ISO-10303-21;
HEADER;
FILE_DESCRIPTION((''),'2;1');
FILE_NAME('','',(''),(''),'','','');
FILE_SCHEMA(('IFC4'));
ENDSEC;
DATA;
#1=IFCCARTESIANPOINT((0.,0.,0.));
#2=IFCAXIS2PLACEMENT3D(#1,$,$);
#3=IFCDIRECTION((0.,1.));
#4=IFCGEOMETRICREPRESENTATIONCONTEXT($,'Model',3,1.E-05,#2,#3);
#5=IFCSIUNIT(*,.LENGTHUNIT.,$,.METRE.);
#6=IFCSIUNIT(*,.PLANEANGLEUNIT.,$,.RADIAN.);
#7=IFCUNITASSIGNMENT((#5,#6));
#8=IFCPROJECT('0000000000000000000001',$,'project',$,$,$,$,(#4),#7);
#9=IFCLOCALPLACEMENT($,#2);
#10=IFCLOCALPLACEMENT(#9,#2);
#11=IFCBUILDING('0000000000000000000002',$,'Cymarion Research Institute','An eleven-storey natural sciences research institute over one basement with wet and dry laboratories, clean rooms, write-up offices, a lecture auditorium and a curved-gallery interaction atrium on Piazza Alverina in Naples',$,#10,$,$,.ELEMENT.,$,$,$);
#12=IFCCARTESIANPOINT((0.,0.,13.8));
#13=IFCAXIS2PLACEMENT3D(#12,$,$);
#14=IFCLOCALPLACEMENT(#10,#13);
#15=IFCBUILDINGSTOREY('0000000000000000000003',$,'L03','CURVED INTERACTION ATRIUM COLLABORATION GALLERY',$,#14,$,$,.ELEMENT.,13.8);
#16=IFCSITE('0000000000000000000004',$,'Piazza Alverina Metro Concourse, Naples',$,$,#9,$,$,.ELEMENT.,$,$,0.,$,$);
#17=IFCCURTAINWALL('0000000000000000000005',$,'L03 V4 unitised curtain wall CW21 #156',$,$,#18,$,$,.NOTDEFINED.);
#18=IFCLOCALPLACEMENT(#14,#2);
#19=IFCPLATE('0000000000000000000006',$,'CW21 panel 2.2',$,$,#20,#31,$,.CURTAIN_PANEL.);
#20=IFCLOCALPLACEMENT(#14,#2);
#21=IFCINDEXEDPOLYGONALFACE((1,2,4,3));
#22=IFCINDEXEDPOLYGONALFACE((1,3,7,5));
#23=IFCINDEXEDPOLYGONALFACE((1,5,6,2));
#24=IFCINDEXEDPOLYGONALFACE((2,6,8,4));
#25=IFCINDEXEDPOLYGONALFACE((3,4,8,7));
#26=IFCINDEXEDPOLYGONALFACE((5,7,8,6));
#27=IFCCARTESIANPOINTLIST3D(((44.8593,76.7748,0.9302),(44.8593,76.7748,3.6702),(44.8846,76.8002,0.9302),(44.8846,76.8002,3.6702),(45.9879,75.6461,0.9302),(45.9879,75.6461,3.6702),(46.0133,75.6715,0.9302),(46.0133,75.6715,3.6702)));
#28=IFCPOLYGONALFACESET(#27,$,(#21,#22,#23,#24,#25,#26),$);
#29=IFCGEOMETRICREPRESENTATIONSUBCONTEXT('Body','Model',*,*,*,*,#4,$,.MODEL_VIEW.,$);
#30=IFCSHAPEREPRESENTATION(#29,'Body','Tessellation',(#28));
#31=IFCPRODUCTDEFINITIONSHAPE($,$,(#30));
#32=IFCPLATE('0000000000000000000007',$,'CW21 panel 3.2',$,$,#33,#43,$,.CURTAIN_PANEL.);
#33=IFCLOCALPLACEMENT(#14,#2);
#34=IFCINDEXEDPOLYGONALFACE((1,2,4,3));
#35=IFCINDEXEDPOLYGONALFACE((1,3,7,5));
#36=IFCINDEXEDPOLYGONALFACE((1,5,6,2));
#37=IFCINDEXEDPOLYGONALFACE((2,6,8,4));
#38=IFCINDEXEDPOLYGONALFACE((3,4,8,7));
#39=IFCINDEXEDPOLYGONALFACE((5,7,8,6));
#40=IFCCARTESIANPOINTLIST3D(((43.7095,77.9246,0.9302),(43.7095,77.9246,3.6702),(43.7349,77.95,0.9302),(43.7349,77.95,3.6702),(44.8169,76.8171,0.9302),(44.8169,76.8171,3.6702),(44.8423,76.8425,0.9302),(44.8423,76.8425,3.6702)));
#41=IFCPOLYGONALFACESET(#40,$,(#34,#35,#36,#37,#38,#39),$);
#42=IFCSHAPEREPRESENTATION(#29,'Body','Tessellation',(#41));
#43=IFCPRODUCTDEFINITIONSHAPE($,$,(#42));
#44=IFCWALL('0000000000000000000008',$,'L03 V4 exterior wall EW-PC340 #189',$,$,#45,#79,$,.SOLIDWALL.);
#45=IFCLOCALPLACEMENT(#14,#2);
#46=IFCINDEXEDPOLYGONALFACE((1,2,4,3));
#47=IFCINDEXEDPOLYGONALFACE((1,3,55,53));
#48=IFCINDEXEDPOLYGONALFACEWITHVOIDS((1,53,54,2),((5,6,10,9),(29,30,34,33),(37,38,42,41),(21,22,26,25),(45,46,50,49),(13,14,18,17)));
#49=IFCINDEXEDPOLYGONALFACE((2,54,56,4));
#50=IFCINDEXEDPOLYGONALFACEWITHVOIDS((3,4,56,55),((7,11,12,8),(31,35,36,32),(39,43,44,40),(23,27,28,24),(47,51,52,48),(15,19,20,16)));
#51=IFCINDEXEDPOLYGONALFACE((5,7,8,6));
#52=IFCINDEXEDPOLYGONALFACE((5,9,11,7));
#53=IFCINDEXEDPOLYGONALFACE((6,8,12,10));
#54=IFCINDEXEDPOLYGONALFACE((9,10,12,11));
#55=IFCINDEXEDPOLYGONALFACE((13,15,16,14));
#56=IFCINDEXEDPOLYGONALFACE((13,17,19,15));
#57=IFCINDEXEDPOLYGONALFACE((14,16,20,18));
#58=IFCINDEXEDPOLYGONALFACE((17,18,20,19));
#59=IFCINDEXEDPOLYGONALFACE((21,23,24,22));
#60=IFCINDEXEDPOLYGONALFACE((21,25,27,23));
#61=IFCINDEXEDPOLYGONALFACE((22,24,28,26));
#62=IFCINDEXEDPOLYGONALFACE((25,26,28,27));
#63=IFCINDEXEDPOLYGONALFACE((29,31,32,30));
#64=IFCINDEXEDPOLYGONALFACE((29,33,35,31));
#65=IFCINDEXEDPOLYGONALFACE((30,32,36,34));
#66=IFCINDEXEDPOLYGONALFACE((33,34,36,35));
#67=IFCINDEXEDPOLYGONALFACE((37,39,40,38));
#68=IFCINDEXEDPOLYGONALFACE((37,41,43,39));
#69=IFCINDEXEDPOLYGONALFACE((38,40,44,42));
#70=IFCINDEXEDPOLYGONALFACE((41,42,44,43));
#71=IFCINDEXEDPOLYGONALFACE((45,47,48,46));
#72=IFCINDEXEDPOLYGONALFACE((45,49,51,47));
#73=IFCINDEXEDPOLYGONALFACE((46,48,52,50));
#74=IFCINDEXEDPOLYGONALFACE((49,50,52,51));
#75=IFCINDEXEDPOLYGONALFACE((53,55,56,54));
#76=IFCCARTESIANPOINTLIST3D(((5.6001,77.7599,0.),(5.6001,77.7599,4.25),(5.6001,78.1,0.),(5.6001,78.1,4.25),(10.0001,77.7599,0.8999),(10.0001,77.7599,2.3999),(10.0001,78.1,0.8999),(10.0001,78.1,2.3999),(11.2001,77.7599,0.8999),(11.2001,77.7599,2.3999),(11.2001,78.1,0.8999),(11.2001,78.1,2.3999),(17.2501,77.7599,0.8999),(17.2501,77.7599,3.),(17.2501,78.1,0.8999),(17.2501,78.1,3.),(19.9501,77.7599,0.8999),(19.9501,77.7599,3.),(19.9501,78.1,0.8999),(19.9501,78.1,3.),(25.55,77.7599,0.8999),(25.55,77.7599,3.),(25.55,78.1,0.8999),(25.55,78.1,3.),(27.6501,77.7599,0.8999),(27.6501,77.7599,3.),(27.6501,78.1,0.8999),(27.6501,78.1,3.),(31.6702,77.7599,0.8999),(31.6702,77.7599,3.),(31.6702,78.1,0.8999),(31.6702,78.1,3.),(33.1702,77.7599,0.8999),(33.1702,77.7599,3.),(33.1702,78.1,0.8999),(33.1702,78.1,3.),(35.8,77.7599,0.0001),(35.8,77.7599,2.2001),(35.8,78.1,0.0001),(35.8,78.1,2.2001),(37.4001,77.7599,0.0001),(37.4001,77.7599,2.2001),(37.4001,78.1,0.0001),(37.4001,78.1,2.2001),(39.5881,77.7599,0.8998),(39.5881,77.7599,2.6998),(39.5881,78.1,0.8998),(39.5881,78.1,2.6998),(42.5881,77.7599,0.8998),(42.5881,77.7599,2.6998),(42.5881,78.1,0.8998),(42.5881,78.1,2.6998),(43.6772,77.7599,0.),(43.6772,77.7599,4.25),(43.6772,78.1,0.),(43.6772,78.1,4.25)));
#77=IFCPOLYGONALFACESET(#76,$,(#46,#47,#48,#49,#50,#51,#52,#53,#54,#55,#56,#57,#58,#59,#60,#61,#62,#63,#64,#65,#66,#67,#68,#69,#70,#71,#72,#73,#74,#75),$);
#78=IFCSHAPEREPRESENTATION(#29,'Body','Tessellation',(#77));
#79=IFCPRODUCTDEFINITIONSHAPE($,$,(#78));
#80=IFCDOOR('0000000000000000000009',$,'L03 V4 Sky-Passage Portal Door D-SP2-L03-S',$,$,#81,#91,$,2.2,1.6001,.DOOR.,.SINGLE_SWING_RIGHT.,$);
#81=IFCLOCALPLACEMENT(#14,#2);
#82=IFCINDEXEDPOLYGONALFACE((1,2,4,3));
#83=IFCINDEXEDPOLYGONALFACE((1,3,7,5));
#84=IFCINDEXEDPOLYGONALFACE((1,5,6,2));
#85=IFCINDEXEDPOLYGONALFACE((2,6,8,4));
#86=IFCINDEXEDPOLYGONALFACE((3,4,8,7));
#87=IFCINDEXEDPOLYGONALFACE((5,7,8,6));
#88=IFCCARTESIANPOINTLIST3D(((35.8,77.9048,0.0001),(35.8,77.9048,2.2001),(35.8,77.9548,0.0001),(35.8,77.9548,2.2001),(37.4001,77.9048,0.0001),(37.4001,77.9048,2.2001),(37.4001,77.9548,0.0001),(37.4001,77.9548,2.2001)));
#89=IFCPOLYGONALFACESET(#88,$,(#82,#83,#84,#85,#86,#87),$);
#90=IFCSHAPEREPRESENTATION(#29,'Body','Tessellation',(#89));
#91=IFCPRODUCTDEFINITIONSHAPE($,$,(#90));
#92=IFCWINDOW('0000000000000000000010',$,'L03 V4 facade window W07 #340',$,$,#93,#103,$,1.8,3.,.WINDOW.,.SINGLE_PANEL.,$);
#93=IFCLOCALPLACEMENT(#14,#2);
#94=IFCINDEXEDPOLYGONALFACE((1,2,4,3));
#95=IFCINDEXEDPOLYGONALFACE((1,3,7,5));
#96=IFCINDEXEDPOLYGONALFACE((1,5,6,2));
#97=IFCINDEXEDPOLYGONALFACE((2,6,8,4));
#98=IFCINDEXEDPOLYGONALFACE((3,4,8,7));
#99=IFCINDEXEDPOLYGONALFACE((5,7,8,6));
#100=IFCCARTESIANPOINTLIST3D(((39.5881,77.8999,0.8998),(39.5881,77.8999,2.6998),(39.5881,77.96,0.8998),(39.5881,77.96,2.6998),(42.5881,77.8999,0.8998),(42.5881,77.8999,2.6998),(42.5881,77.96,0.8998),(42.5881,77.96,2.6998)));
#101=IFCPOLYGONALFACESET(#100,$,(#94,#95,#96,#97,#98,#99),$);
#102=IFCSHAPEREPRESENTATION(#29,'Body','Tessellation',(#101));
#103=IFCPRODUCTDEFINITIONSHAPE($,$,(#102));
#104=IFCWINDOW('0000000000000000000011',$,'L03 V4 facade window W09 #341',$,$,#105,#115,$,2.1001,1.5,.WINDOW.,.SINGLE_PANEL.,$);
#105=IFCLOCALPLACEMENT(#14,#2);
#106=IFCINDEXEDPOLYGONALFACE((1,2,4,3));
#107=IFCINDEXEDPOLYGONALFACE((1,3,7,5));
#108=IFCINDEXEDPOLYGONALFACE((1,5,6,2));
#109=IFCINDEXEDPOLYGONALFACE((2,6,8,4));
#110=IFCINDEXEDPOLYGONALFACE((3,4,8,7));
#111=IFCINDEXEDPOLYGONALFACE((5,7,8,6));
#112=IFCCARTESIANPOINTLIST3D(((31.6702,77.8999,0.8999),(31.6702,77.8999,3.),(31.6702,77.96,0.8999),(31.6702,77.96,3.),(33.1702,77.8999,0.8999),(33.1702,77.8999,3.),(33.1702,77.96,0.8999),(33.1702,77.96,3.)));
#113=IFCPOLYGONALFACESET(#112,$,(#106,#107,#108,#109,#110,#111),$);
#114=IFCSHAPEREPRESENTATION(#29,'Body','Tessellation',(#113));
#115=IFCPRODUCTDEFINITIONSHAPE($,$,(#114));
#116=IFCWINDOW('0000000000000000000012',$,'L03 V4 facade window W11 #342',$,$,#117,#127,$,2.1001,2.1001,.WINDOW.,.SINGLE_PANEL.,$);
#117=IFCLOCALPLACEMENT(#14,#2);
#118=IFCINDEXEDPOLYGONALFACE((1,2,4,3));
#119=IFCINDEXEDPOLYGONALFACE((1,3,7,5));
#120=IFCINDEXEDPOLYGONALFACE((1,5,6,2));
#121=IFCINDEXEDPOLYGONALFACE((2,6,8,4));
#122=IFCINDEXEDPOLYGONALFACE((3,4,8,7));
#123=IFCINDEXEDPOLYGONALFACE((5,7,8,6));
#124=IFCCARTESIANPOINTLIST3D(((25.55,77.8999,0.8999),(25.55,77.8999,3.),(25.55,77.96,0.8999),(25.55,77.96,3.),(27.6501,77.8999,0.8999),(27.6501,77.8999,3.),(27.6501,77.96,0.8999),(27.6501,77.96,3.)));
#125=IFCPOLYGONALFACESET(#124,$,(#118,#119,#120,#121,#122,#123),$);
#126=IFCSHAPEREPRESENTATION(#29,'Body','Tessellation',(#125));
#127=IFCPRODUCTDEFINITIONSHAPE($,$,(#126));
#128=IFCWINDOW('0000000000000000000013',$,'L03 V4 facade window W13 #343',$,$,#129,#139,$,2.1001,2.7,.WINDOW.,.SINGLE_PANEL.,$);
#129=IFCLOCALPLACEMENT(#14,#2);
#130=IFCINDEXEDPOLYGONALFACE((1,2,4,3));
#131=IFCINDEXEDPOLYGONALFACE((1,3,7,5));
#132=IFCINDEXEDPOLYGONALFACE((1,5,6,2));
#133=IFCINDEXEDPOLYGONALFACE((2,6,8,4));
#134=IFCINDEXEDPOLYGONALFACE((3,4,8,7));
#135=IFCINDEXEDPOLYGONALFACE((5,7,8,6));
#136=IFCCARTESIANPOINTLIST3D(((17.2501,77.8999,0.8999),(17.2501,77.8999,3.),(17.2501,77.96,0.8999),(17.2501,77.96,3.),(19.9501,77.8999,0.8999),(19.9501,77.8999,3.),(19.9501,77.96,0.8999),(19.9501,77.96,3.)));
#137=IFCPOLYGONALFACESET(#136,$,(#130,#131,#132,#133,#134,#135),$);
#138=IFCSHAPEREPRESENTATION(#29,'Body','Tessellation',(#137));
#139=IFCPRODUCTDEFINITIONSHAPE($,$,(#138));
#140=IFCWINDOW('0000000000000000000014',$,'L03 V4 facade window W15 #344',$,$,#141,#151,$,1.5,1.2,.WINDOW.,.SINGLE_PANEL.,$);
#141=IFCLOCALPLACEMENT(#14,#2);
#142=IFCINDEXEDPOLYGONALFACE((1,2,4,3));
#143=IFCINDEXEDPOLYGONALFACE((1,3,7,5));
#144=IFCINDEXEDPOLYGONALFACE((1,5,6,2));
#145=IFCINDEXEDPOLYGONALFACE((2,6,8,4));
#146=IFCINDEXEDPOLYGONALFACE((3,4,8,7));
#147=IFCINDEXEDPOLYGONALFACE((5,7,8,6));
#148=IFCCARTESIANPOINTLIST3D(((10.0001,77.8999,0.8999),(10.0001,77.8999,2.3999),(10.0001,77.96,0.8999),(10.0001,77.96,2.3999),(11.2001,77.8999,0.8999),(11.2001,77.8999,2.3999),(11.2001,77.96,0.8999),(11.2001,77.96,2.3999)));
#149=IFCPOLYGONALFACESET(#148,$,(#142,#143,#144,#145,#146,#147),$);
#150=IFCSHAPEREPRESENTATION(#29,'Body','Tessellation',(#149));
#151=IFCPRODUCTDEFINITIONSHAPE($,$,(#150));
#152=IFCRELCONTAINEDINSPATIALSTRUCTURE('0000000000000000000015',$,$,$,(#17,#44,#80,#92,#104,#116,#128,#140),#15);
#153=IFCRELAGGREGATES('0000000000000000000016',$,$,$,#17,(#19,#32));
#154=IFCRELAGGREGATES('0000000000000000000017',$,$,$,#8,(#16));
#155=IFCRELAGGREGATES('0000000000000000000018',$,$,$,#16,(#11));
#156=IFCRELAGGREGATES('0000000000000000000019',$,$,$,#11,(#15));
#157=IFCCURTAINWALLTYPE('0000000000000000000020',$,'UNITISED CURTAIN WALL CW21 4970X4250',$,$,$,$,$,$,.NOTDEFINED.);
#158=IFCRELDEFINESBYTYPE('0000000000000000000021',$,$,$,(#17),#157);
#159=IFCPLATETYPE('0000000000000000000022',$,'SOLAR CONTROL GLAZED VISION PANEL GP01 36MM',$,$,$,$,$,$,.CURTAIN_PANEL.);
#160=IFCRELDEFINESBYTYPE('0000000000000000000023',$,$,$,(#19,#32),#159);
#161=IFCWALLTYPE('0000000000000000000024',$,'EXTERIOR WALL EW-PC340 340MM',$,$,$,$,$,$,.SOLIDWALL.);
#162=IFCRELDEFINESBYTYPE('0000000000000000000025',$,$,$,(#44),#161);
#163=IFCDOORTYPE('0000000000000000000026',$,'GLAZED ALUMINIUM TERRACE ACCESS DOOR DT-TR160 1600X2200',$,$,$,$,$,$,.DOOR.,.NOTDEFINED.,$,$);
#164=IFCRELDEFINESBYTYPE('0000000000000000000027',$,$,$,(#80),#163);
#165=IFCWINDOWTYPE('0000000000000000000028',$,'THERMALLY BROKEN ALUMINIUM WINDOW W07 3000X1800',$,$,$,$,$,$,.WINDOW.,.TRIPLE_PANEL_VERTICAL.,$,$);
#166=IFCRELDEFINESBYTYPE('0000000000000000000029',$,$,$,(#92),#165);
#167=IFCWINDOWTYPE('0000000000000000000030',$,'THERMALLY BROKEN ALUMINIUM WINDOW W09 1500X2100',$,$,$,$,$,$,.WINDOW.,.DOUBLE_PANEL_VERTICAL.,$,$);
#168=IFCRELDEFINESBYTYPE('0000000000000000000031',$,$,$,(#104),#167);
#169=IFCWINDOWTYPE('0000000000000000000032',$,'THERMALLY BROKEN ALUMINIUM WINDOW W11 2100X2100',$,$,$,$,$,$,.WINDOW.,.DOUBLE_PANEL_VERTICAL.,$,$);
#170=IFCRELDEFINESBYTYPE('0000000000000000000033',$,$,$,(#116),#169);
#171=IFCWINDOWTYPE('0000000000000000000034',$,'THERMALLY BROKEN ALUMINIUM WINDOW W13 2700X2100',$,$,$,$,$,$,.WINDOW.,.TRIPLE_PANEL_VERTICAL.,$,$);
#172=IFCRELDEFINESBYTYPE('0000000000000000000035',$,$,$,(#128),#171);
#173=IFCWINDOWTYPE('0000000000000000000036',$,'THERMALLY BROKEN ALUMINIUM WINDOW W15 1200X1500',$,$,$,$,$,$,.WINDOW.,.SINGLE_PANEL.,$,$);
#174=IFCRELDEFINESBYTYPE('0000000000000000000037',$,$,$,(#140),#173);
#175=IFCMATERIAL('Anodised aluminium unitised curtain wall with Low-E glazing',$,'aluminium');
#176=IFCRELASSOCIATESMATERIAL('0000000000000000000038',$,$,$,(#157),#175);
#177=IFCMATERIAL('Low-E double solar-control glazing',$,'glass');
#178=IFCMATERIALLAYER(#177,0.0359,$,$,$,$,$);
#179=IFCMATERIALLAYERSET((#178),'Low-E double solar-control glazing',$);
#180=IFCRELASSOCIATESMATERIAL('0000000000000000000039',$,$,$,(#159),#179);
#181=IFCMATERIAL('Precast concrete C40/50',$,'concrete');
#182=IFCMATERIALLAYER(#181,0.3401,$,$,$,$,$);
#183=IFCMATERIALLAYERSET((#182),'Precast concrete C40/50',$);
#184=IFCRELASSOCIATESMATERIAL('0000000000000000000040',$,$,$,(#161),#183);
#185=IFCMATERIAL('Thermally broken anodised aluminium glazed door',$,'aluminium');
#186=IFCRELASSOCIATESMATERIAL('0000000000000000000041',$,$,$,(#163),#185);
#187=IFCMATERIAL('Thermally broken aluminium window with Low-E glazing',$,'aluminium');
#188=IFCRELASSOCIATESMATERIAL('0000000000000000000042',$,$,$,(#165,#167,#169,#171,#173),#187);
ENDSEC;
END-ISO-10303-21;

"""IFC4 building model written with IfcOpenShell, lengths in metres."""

from ifc_helpers import new_model, si_unit, direction, frame, frame_2d, origin, origin_2d, place, context, subcontext, project, spatial, rectangle, extrude, material, layer, layer_set, type_object, element, fill, aggregate, save


model = new_model("IFC4")

# Units and contexts
model_context = context("Model", 3, precision=1e-05, world=origin(), true_north=direction((0.0, 1.0)))
body_context = subcontext(model_context, "Body", "Model", "MODEL_VIEW")
ifc_project = project(units=[si_unit("LENGTHUNIT", "METRE"), si_unit("PLANEANGLEUNIT", "RADIAN")], contexts=[model_context])

# Site, building, storey
site_placement = place(None, origin())
site = spatial("IfcSite", under=ifc_project, at=site_placement, Name="Piazza Alverina Metro Concourse, Naples", CompositionType="ELEMENT", RefElevation=0.0)
building_placement = place(site_placement, origin())
building = spatial("IfcBuilding", under=site, at=building_placement, Name="Cymarion Research Institute", Description="An eleven-storey natural sciences research institute over one basement with wet and dry laboratories, clean rooms, write-up offices, a lecture auditorium and a curved-gallery interaction atrium on Piazza Alverina in Naples", CompositionType="ELEMENT")
storey_placement = place(building_placement, frame((0.0, 0.0, 13.8)))
storey = spatial("IfcBuildingStorey", under=building, at=storey_placement, Name="L03", Description="CURVED INTERACTION ATRIUM COLLABORATION GALLERY", CompositionType="ELEMENT", Elevation=13.8)

# Curtain wall
ifc_material_1 = material(Name="Anodised aluminium unitised curtain wall with Low-E glazing", Category="aluminium")
curtain_wall_type = type_object("IfcCurtainWallType", Name="UNITISED CURTAIN WALL CW21 4970X4250", PredefinedType="NOTDEFINED", material=ifc_material_1)
curtain_wall_placement = place(storey_placement, origin())
curtain_wall = element("IfcCurtainWall", 1, at=curtain_wall_placement, inside=storey, type_object=curtain_wall_type, Name="L03 V4 unitised curtain wall CW21 #156", PredefinedType="NOTDEFINED")

# Plates
ifc_material_2 = material(Name="Low-E double solar-control glazing", Category="glass")
ifc_layer_1 = layer(ifc_material_2, 0.0359)
ifc_layer_set_1 = layer_set([ifc_layer_1], Name="Low-E double solar-control glazing")
plate_type_1 = type_object("IfcPlateType", Name="SOLAR CONTROL GLAZED VISION PANEL GP01 36MM", PredefinedType="CURTAIN_PANEL", material=ifc_layer_set_1)
plate_1_placement = place(storey_placement, frame((45.4363, 76.2231, 0.9302), z_axis=(0.0, 0.0, 1.0), x_axis=(-0.707097, 0.707117, 0.0)))
plate_1 = element("IfcPlate", 2, at=plate_1_placement, type_object=plate_type_1, Name="CW21 panel 2.2", PredefinedType="CURTAIN_PANEL", context=body_context, shape_type="SweptSolid", body=[
    extrude(rectangle(XDim=1.5962, YDim=0.0359, at=origin_2d()), origin(), (0.0, 0.0, 1.0), 2.74),
])
plate_2_placement = place(storey_placement, frame((44.2759, 77.3835, 0.9302), z_axis=(0.0, 0.0, 1.0), x_axis=(-0.707097, 0.707117, 0.0)))
plate_2 = element("IfcPlate", 3, at=plate_2_placement, type_object=plate_type_1, Name="CW21 panel 3.2", PredefinedType="CURTAIN_PANEL", context=body_context, shape_type="SweptSolid", body=[
    extrude(rectangle(XDim=1.5662, YDim=0.0359, at=origin_2d()), origin(), (0.0, 0.0, 1.0), 2.74),
])
aggregate(curtain_wall, [plate_1, plate_2])

# Wall, openings, door, windows
ifc_material_3 = material(Name="Precast concrete C40/50", Category="concrete")
ifc_layer_2 = layer(ifc_material_3, 0.3401)
ifc_layer_set_2 = layer_set([ifc_layer_2], Name="Precast concrete C40/50")
wall_type = type_object("IfcWallType", Name="EXTERIOR WALL EW-PC340 340MM", PredefinedType="SOLIDWALL", material=ifc_layer_set_2)
wall_placement = place(storey_placement, frame((43.6772, 77.9299, 0.0), z_axis=(0.0, 0.0, 1.0), x_axis=(-1.0, 0.0, 0.0)))
wall = element("IfcWall", 4, at=wall_placement, inside=storey, type_object=wall_type, Name="L03 V4 exterior wall EW-PC340 #189", PredefinedType="SOLIDWALL", context=body_context, shape_type="SweptSolid", body=[
    extrude(rectangle(XDim=38.0771, YDim=0.3401, at=frame_2d((19.0386, 0.0))), origin(), (0.0, 0.0, 1.0), 4.25),
])
opening_1_placement = place(wall_placement, frame((6.2771, 0.0, 0.0)))
opening_1 = element("IfcOpeningElement", 5, at=opening_1_placement, cuts=wall, PredefinedType="OPENING", context=body_context, shape_type="SweptSolid", body=[
    extrude(rectangle(XDim=1.6001, YDim=2.2, at=frame_2d((0.8, 1.1001))), frame((0.0, 0.1799, 0.0), z_axis=(0.0, -1.0, 0.0), x_axis=(1.0, 0.0, 0.0)), (0.0, 0.0, 1.0), 0.3601),
])
opening_2_placement = place(wall_placement, frame((1.0891, 0.0, 0.8999)))
opening_2 = element("IfcOpeningElement", 6, at=opening_2_placement, cuts=wall, PredefinedType="OPENING", context=body_context, shape_type="SweptSolid", body=[
    extrude(rectangle(XDim=3.0, YDim=1.8, at=frame_2d((1.5, 0.8999))), frame((0.0, 0.1799, 0.0), z_axis=(0.0, -1.0, 0.0), x_axis=(1.0, 0.0, 0.0)), (0.0, 0.0, 1.0), 0.3601),
])
opening_3_placement = place(wall_placement, frame((10.5071, 0.0, 0.8999)))
opening_3 = element("IfcOpeningElement", 7, at=opening_3_placement, cuts=wall, PredefinedType="OPENING", context=body_context, shape_type="SweptSolid", body=[
    extrude(rectangle(XDim=1.5, YDim=2.1001, at=frame_2d((0.75, 1.05))), frame((0.0, 0.1799, 0.0), z_axis=(0.0, -1.0, 0.0), x_axis=(1.0, 0.0, 0.0)), (0.0, 0.0, 1.0), 0.3601),
])
opening_4_placement = place(wall_placement, frame((16.0271, 0.0, 0.8999)))
opening_4 = element("IfcOpeningElement", 8, at=opening_4_placement, cuts=wall, PredefinedType="OPENING", context=body_context, shape_type="SweptSolid", body=[
    extrude(rectangle(XDim=2.1001, YDim=2.1001, at=frame_2d((1.05, 1.05))), frame((0.0, 0.1799, 0.0), z_axis=(0.0, -1.0, 0.0), x_axis=(1.0, 0.0, 0.0)), (0.0, 0.0, 1.0), 0.3601),
])
opening_5_placement = place(wall_placement, frame((23.7271, 0.0, 0.8999)))
opening_5 = element("IfcOpeningElement", 9, at=opening_5_placement, cuts=wall, PredefinedType="OPENING", context=body_context, shape_type="SweptSolid", body=[
    extrude(rectangle(XDim=2.7, YDim=2.1001, at=frame_2d((1.3501, 1.05))), frame((0.0, 0.1799, 0.0), z_axis=(0.0, -1.0, 0.0), x_axis=(1.0, 0.0, 0.0)), (0.0, 0.0, 1.0), 0.3601),
])
opening_6_placement = place(wall_placement, frame((32.4771, 0.0, 0.8999)))
opening_6 = element("IfcOpeningElement", 10, at=opening_6_placement, cuts=wall, PredefinedType="OPENING", context=body_context, shape_type="SweptSolid", body=[
    extrude(rectangle(XDim=1.2, YDim=1.5, at=frame_2d((0.6001, 0.75))), frame((0.0, 0.1799, 0.0), z_axis=(0.0, -1.0, 0.0), x_axis=(1.0, 0.0, 0.0)), (0.0, 0.0, 1.0), 0.3601),
])
ifc_material_4 = material(Name="Thermally broken anodised aluminium glazed door", Category="aluminium")
door_type = type_object("IfcDoorType", Name="GLAZED ALUMINIUM TERRACE ACCESS DOOR DT-TR160 1600X2200", OperationType="NOTDEFINED", PredefinedType="DOOR", material=ifc_material_4)
door_placement = place(opening_1_placement, frame((1.6001, 0.0, 0.0), z_axis=(0.0, 0.0, 1.0), x_axis=(-1.0, 0.0, 0.0)))
door = element("IfcDoor", 11, at=door_placement, inside=storey, type_object=door_type, Name="L03 V4 Sky-Passage Portal Door D-SP2-L03-S", OperationType="SINGLE_SWING_RIGHT", OverallHeight=2.2, OverallWidth=1.6001, PredefinedType="DOOR", context=body_context, shape_type="SweptSolid", body=[
    extrude(rectangle(XDim=1.6001, YDim=2.2, at=frame_2d((0.8, 1.1001))), frame((0.0, 0.0249, 0.0), z_axis=(0.0, -1.0, 0.0), x_axis=(1.0, 0.0, 0.0)), (0.0, 0.0, 1.0), 0.05),
])
fill(opening_1, door)
ifc_material_5 = material(Name="Thermally broken aluminium window with Low-E glazing", Category="aluminium")
window_type_1 = type_object("IfcWindowType", Name="THERMALLY BROKEN ALUMINIUM WINDOW W07 3000X1800", PartitioningType="TRIPLE_PANEL_VERTICAL", PredefinedType="WINDOW", material=ifc_material_5)
window_1_placement = place(opening_2_placement, origin())
window_1 = element("IfcWindow", 12, at=window_1_placement, inside=storey, type_object=window_type_1, Name="L03 V4 facade window W07 #340", OverallHeight=1.8, OverallWidth=3.0, PartitioningType="SINGLE_PANEL", PredefinedType="WINDOW", context=body_context, shape_type="SweptSolid", body=[
    extrude(rectangle(XDim=3.0, YDim=1.8, at=frame_2d((1.5, 0.8999))), frame((0.0, 0.03, 0.0), z_axis=(0.0, -1.0, 0.0), x_axis=(1.0, 0.0, 0.0)), (0.0, 0.0, 1.0), 0.0601),
])
fill(opening_2, window_1)
window_type_2 = type_object("IfcWindowType", Name="THERMALLY BROKEN ALUMINIUM WINDOW W09 1500X2100", PartitioningType="DOUBLE_PANEL_VERTICAL", PredefinedType="WINDOW", material=ifc_material_5)
window_2_placement = place(opening_3_placement, origin())
window_2 = element("IfcWindow", 13, at=window_2_placement, inside=storey, type_object=window_type_2, Name="L03 V4 facade window W09 #341", OverallHeight=2.1001, OverallWidth=1.5, PartitioningType="SINGLE_PANEL", PredefinedType="WINDOW", context=body_context, shape_type="SweptSolid", body=[
    extrude(rectangle(XDim=1.5, YDim=2.1001, at=frame_2d((0.75, 1.05))), frame((0.0, 0.03, 0.0), z_axis=(0.0, -1.0, 0.0), x_axis=(1.0, 0.0, 0.0)), (0.0, 0.0, 1.0), 0.0601),
])
fill(opening_3, window_2)
window_type_3 = type_object("IfcWindowType", Name="THERMALLY BROKEN ALUMINIUM WINDOW W11 2100X2100", PartitioningType="DOUBLE_PANEL_VERTICAL", PredefinedType="WINDOW", material=ifc_material_5)
window_3_placement = place(opening_4_placement, origin())
window_3 = element("IfcWindow", 14, at=window_3_placement, inside=storey, type_object=window_type_3, Name="L03 V4 facade window W11 #342", OverallHeight=2.1001, OverallWidth=2.1001, PartitioningType="SINGLE_PANEL", PredefinedType="WINDOW", context=body_context, shape_type="SweptSolid", body=[
    extrude(rectangle(XDim=2.1001, YDim=2.1001, at=frame_2d((1.05, 1.05))), frame((0.0, 0.03, 0.0), z_axis=(0.0, -1.0, 0.0), x_axis=(1.0, 0.0, 0.0)), (0.0, 0.0, 1.0), 0.0601),
])
fill(opening_4, window_3)
window_type_4 = type_object("IfcWindowType", Name="THERMALLY BROKEN ALUMINIUM WINDOW W13 2700X2100", PartitioningType="TRIPLE_PANEL_VERTICAL", PredefinedType="WINDOW", material=ifc_material_5)
window_4_placement = place(opening_5_placement, origin())
window_4 = element("IfcWindow", 15, at=window_4_placement, inside=storey, type_object=window_type_4, Name="L03 V4 facade window W13 #343", OverallHeight=2.1001, OverallWidth=2.7, PartitioningType="SINGLE_PANEL", PredefinedType="WINDOW", context=body_context, shape_type="SweptSolid", body=[
    extrude(rectangle(XDim=2.7, YDim=2.1001, at=frame_2d((1.3501, 1.05))), frame((0.0, 0.03, 0.0), z_axis=(0.0, -1.0, 0.0), x_axis=(1.0, 0.0, 0.0)), (0.0, 0.0, 1.0), 0.0601),
])
fill(opening_5, window_4)
window_type_5 = type_object("IfcWindowType", Name="THERMALLY BROKEN ALUMINIUM WINDOW W15 1200X1500", PartitioningType="SINGLE_PANEL", PredefinedType="WINDOW", material=ifc_material_5)
window_5_placement = place(opening_6_placement, origin())
window_5 = element("IfcWindow", 16, at=window_5_placement, inside=storey, type_object=window_type_5, Name="L03 V4 facade window W15 #344", OverallHeight=1.5, OverallWidth=1.2, PartitioningType="SINGLE_PANEL", PredefinedType="WINDOW", context=body_context, shape_type="SweptSolid", body=[
    extrude(rectangle(XDim=1.2, YDim=1.5, at=frame_2d((0.6001, 0.75))), frame((0.0, 0.03, 0.0), z_axis=(0.0, -1.0, 0.0), x_axis=(1.0, 0.0, 0.0)), (0.0, 0.0, 1.0), 0.0601),
])
fill(opening_6, window_5)

save(model, "model.ifc")
